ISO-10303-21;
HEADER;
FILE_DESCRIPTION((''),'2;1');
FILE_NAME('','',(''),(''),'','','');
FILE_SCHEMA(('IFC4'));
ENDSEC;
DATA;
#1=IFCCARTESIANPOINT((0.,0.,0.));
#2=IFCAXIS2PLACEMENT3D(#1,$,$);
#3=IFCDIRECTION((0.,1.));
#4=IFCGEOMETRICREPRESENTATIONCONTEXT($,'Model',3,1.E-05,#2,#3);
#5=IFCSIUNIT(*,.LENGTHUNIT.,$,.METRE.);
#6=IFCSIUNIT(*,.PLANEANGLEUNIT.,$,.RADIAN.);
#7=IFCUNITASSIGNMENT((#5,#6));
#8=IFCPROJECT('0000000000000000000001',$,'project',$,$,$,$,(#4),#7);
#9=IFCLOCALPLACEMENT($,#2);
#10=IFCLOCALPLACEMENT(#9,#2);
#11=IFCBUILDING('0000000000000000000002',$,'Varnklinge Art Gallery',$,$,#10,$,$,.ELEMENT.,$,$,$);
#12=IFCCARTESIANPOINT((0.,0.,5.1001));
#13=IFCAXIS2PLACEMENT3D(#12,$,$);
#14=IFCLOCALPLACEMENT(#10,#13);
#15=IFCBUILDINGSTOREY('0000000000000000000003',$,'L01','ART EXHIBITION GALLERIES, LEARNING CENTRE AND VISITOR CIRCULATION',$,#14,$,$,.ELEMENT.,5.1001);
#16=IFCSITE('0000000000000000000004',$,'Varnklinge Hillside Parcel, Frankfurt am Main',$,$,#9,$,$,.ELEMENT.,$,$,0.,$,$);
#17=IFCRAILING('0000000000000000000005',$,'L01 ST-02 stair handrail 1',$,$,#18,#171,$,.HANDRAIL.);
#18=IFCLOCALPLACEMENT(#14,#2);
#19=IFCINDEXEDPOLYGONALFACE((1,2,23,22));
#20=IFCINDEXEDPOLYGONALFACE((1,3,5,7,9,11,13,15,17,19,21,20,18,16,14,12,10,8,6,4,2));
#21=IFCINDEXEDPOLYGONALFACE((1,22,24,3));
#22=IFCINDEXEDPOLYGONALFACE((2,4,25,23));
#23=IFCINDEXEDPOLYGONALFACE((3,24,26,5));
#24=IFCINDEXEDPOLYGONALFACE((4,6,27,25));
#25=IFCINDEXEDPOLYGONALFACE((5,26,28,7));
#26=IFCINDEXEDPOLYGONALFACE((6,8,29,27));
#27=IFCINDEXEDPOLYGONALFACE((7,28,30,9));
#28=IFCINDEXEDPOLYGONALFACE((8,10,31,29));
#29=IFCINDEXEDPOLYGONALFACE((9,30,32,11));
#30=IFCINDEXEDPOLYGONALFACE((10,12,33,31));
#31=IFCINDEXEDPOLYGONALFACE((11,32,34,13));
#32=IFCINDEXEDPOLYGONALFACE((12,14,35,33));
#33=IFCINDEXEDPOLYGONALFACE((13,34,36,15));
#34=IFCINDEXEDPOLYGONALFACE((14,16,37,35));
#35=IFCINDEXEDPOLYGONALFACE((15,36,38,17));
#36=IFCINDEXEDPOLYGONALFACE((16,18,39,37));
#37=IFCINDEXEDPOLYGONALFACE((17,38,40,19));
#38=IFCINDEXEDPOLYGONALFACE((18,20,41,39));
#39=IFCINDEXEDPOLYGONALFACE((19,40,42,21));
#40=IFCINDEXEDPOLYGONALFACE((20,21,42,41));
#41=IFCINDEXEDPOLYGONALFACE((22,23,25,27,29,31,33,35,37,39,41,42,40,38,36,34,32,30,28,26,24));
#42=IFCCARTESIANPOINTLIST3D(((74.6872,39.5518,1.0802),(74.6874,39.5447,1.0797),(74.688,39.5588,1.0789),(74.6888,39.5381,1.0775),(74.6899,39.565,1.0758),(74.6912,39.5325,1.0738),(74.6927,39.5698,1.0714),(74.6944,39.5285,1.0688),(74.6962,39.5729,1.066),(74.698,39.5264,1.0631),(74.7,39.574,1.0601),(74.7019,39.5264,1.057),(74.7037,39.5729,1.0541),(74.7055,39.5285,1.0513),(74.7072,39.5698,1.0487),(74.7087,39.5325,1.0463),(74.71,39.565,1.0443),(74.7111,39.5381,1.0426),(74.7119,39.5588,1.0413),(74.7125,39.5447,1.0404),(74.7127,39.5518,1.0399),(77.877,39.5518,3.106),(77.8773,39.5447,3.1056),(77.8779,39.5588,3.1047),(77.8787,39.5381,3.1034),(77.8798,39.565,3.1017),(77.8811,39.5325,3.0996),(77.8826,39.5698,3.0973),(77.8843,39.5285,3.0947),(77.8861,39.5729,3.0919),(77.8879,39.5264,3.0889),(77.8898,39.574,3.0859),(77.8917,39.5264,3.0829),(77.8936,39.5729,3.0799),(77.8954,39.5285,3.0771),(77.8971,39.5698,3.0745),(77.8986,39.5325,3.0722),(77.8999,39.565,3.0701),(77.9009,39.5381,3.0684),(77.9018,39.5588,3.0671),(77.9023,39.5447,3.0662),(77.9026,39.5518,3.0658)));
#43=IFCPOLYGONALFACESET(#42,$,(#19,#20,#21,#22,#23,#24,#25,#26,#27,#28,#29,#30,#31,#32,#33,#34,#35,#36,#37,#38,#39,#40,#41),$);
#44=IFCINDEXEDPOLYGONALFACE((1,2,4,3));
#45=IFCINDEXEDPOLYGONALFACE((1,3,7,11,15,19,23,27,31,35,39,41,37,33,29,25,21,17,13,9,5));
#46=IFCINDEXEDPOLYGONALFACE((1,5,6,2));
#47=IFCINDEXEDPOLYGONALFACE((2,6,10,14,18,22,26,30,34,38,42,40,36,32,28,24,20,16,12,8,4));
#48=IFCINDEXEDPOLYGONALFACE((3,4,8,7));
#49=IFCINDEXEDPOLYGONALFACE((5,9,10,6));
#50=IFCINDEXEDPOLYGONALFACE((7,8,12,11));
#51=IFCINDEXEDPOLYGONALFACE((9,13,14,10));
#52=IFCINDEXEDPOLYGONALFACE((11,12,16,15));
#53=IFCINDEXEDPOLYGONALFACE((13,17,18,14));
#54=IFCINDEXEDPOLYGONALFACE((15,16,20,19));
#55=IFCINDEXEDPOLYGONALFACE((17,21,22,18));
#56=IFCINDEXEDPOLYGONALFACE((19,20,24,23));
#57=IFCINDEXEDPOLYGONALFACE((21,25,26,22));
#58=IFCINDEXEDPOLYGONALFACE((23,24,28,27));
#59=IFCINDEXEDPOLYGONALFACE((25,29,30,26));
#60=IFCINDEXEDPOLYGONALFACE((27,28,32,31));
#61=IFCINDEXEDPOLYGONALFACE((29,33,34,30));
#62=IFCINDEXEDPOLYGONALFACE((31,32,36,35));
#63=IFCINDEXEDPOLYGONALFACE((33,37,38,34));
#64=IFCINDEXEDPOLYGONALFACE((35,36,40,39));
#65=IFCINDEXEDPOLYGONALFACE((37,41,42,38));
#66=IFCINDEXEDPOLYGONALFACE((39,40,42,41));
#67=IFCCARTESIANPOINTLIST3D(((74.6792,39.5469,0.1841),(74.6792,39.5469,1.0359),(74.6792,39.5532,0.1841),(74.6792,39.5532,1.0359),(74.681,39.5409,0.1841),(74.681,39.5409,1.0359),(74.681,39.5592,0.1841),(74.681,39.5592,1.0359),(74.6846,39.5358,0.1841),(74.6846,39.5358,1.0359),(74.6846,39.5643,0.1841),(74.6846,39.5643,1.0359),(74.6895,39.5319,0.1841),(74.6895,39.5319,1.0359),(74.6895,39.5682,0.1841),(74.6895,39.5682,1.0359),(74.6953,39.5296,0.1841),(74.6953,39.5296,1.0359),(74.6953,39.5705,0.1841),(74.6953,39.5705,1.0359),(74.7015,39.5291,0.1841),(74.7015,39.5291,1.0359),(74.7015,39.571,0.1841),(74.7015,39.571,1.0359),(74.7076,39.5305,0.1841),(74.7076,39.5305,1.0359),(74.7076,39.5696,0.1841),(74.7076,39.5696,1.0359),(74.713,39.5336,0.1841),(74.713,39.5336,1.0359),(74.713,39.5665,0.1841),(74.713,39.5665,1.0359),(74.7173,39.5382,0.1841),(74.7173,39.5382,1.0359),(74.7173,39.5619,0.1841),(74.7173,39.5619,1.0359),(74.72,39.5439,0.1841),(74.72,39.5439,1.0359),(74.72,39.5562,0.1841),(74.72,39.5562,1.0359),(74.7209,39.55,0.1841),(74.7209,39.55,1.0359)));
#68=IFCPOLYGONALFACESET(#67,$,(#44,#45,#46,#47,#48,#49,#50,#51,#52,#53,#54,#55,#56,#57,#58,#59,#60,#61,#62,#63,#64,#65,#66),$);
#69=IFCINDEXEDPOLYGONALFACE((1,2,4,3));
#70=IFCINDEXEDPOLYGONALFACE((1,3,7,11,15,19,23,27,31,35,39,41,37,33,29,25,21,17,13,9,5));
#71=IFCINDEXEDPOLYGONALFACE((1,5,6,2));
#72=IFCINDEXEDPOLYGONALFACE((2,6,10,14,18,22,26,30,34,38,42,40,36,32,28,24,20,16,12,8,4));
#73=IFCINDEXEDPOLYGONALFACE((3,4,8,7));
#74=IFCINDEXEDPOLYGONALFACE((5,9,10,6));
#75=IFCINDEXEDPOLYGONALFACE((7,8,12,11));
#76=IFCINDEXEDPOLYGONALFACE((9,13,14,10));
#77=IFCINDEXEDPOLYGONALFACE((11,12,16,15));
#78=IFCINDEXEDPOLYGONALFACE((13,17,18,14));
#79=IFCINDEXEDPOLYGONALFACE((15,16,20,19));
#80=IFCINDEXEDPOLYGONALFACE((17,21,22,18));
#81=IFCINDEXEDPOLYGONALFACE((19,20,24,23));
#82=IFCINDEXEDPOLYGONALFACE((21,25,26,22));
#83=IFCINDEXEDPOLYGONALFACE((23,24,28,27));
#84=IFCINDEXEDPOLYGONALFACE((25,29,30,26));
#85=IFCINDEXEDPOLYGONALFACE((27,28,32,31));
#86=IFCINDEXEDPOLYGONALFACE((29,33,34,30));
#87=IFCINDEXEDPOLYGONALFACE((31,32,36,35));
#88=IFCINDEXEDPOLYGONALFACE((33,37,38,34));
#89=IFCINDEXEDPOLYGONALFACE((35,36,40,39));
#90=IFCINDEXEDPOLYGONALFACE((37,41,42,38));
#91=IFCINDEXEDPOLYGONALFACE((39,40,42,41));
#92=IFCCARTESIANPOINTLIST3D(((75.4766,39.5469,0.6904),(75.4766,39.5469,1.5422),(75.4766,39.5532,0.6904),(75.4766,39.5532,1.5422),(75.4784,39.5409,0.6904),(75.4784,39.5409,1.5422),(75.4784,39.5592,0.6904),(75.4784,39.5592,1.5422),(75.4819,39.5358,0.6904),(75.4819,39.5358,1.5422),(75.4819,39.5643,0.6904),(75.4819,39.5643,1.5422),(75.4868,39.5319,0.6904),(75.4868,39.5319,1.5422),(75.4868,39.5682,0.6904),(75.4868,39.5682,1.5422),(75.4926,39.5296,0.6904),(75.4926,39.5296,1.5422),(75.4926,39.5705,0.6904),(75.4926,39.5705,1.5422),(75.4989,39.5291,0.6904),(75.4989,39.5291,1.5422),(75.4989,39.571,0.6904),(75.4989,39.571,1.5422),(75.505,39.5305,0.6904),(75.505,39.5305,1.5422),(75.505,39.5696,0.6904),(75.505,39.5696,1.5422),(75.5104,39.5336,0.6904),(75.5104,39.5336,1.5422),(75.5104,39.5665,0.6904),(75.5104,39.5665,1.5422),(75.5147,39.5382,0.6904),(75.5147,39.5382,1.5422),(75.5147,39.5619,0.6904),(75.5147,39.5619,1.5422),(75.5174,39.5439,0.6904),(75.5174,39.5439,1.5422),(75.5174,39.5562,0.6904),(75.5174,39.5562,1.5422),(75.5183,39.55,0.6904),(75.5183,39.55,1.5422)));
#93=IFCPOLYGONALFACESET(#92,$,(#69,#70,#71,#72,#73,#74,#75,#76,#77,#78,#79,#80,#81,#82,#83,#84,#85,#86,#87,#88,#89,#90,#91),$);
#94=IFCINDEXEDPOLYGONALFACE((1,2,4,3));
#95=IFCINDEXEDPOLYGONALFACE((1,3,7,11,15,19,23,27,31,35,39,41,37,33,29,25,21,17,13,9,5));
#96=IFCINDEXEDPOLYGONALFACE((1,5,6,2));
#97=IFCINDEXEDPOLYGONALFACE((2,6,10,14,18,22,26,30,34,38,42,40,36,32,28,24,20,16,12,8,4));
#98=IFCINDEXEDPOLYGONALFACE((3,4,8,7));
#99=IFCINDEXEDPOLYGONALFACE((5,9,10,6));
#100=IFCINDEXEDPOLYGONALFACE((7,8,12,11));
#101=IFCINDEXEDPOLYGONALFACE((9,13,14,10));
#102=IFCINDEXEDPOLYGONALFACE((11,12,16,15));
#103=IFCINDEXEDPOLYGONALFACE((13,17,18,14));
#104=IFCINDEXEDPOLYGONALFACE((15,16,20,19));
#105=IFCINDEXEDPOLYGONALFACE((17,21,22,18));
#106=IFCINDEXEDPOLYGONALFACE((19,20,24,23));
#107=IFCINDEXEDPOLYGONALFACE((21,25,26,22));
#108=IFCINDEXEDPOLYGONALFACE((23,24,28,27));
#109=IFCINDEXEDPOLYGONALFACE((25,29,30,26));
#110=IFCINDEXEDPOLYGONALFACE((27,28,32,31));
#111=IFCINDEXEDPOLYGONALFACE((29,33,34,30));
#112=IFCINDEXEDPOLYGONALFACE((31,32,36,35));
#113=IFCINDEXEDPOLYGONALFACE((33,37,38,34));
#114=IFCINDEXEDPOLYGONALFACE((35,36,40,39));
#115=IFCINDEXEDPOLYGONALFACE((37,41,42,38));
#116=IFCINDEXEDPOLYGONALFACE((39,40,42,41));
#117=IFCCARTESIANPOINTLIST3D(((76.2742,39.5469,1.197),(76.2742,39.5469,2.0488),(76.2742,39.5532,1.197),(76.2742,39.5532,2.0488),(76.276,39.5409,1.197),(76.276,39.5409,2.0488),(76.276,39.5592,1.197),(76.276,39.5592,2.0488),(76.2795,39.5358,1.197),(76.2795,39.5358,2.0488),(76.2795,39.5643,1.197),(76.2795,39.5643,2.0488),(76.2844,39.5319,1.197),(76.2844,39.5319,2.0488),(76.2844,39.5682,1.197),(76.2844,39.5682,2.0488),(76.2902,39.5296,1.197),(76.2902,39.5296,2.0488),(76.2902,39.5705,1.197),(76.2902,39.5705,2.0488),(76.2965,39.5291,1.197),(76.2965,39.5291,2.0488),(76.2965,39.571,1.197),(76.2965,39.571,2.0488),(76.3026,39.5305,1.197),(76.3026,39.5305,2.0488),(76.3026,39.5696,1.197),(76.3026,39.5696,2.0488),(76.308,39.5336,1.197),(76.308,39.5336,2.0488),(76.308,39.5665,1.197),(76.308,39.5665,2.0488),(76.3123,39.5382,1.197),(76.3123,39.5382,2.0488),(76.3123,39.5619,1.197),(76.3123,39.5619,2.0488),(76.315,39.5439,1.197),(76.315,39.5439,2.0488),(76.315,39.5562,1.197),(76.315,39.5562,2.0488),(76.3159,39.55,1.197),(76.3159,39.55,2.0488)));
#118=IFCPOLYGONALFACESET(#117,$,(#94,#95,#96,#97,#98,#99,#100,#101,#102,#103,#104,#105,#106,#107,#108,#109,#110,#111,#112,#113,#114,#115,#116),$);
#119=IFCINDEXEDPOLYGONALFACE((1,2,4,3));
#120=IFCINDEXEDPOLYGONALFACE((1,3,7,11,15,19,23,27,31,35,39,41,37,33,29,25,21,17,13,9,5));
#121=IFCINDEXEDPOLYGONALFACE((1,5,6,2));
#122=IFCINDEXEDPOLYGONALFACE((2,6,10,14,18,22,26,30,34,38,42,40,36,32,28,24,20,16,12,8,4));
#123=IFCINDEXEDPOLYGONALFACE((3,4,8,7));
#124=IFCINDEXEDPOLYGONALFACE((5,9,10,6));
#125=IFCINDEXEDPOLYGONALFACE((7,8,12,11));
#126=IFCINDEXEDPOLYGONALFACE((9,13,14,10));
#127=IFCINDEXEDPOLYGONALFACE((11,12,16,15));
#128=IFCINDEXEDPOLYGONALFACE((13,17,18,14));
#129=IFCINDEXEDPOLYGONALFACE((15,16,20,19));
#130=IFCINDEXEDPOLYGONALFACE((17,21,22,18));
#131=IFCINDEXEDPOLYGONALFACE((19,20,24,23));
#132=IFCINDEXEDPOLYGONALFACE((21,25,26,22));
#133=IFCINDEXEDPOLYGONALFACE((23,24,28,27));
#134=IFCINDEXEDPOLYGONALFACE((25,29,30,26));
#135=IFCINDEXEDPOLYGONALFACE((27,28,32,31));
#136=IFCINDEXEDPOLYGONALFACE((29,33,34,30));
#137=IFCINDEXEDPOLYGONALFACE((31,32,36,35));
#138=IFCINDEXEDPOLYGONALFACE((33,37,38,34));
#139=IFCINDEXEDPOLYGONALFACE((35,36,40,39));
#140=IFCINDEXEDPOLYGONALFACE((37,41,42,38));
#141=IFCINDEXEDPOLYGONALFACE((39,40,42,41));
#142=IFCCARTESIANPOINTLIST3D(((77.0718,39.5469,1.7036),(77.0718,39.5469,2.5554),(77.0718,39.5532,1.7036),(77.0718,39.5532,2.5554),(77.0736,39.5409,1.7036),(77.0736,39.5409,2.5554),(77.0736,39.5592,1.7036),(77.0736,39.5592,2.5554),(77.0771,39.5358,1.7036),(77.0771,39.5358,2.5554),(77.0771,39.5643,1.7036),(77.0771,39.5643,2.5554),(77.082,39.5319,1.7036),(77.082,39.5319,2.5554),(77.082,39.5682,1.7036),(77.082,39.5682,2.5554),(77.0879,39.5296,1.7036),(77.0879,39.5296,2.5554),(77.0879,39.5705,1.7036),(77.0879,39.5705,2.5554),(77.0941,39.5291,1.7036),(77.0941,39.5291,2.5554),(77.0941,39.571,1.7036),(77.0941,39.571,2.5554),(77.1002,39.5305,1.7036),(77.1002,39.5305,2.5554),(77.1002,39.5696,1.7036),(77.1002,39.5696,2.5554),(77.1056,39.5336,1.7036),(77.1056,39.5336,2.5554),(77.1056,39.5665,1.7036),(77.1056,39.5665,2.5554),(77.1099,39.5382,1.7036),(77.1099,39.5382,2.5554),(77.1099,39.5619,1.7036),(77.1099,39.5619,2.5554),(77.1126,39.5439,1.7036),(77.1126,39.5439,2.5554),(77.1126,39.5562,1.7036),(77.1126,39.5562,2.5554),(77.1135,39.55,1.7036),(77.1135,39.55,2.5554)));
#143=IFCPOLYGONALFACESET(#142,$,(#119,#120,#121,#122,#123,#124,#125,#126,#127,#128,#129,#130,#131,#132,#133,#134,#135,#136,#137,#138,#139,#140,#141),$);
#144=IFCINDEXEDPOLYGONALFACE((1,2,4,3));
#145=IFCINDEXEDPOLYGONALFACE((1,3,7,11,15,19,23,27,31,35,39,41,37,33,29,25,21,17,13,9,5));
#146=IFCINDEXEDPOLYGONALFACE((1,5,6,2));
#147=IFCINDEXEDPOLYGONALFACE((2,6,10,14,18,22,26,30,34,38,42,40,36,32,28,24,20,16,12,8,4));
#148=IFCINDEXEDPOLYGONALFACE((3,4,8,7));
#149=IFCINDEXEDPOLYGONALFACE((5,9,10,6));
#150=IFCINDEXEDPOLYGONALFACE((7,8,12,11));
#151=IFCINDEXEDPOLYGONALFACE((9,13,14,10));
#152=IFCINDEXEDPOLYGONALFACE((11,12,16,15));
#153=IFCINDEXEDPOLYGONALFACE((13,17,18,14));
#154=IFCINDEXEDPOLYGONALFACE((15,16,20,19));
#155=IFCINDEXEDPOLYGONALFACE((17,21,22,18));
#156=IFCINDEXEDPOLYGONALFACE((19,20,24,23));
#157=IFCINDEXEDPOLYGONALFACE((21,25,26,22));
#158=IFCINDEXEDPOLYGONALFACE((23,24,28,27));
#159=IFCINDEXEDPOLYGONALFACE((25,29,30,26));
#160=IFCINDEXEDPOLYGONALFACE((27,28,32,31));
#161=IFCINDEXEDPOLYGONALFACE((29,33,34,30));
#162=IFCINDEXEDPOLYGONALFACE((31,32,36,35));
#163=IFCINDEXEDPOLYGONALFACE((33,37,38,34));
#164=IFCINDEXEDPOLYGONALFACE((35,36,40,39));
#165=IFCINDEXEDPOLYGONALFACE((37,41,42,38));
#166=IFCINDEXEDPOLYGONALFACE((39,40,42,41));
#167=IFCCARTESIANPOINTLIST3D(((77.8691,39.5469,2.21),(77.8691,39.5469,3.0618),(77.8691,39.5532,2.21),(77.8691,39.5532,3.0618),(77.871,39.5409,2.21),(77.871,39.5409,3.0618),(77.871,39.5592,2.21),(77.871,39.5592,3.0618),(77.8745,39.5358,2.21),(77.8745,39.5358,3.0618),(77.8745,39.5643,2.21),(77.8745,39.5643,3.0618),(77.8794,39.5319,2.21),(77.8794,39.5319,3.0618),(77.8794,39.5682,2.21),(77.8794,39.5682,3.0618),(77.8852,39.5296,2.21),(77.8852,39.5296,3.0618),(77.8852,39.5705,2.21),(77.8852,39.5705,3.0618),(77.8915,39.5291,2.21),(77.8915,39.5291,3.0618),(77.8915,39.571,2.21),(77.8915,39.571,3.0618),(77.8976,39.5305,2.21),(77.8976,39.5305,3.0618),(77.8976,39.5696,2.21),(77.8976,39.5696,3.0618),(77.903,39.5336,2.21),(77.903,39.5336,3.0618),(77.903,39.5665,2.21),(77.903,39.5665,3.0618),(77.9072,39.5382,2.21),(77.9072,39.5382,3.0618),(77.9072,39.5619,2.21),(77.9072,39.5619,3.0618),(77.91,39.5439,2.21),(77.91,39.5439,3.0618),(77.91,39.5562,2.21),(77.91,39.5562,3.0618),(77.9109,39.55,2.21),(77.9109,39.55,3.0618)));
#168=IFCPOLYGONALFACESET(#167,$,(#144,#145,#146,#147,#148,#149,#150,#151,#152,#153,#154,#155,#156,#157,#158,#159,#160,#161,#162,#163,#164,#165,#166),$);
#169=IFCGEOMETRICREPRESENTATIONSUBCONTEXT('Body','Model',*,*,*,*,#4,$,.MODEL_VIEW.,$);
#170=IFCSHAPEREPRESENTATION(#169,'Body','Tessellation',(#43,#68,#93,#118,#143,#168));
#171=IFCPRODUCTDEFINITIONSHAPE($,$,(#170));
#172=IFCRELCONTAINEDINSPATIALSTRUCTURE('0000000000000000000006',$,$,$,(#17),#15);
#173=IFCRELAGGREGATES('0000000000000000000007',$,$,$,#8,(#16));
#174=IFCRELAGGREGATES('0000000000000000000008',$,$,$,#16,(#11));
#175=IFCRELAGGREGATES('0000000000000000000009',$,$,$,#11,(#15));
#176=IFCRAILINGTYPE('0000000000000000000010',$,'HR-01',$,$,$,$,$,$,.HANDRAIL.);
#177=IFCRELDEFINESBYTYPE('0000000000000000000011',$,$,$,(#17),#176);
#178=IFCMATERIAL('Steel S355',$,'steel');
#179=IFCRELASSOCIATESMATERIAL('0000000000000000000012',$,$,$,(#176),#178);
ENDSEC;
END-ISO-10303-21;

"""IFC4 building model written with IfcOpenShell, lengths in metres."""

from ifc_helpers import new_model, si_unit, direction, frame, origin, origin_2d, place, context, subcontext, project, spatial, circle, extrude, material, type_object, element, save


model = new_model("IFC4")

# Units and contexts
model_context = context("Model", 3, precision=1e-05, world=origin(), true_north=direction((0.0, 1.0)))
body_context = subcontext(model_context, "Body", "Model", "MODEL_VIEW")
ifc_project = project(units=[si_unit("LENGTHUNIT", "METRE"), si_unit("PLANEANGLEUNIT", "RADIAN")], contexts=[model_context])

# Site, building, storey
site_placement = place(None, origin())
site = spatial("IfcSite", under=ifc_project, at=site_placement, Name="Varnklinge Hillside Parcel, Frankfurt am Main", CompositionType="ELEMENT", RefElevation=0.0)
building_placement = place(site_placement, origin())
building = spatial("IfcBuilding", under=site, at=building_placement, Name="Varnklinge Art Gallery", CompositionType="ELEMENT")
storey_placement = place(building_placement, frame((0.0, 0.0, 5.1001)))
storey = spatial("IfcBuildingStorey", under=building, at=storey_placement, Name="L01", Description="ART EXHIBITION GALLERIES, LEARNING CENTRE AND VISITOR CIRCULATION", CompositionType="ELEMENT", Elevation=5.1001)

# Railing
ifc_material_1 = material(Name="Steel S355", Category="steel")
railing_type_1 = type_object("IfcRailingType", Name="HR-01", PredefinedType="HANDRAIL", material=ifc_material_1)
railing_1_placement = place(storey_placement, frame((74.7, 39.55, 0.1841)))
element("IfcRailing", 1, at=railing_1_placement, inside=storey, type_object=railing_type_1, Name="L01 ST-02 stair handrail 1", PredefinedType="HANDRAIL", context=body_context, shape_type="SweptSolid", body=[
    extrude(circle(Radius=0.0239, at=origin_2d()), frame((0.0, 0.0, 0.876), z_axis=(0.844151, 0.0, 0.536106), x_axis=(0.0, 1.0, 0.0)), (0.0, 0.0, 1.0), 3.7788),
    extrude(circle(Radius=0.021, at=origin_2d()), origin(), (0.0, 0.0, 1.0), 0.8518),
    extrude(circle(Radius=0.021, at=origin_2d()), frame((0.7974, 0.0, 0.5063)), (0.0, 0.0, 1.0), 0.8518),
    extrude(circle(Radius=0.021, at=origin_2d()), frame((1.595, 0.0, 1.0129)), (0.0, 0.0, 1.0), 0.8518),
    extrude(circle(Radius=0.021, at=origin_2d()), frame((2.3926, 0.0, 1.5195)), (0.0, 0.0, 1.0), 0.8518),
    extrude(circle(Radius=0.021, at=origin_2d()), frame((3.1899, 0.0, 2.0259)), (0.0, 0.0, 1.0), 0.8518),
])

save(model, "model.ifc")
